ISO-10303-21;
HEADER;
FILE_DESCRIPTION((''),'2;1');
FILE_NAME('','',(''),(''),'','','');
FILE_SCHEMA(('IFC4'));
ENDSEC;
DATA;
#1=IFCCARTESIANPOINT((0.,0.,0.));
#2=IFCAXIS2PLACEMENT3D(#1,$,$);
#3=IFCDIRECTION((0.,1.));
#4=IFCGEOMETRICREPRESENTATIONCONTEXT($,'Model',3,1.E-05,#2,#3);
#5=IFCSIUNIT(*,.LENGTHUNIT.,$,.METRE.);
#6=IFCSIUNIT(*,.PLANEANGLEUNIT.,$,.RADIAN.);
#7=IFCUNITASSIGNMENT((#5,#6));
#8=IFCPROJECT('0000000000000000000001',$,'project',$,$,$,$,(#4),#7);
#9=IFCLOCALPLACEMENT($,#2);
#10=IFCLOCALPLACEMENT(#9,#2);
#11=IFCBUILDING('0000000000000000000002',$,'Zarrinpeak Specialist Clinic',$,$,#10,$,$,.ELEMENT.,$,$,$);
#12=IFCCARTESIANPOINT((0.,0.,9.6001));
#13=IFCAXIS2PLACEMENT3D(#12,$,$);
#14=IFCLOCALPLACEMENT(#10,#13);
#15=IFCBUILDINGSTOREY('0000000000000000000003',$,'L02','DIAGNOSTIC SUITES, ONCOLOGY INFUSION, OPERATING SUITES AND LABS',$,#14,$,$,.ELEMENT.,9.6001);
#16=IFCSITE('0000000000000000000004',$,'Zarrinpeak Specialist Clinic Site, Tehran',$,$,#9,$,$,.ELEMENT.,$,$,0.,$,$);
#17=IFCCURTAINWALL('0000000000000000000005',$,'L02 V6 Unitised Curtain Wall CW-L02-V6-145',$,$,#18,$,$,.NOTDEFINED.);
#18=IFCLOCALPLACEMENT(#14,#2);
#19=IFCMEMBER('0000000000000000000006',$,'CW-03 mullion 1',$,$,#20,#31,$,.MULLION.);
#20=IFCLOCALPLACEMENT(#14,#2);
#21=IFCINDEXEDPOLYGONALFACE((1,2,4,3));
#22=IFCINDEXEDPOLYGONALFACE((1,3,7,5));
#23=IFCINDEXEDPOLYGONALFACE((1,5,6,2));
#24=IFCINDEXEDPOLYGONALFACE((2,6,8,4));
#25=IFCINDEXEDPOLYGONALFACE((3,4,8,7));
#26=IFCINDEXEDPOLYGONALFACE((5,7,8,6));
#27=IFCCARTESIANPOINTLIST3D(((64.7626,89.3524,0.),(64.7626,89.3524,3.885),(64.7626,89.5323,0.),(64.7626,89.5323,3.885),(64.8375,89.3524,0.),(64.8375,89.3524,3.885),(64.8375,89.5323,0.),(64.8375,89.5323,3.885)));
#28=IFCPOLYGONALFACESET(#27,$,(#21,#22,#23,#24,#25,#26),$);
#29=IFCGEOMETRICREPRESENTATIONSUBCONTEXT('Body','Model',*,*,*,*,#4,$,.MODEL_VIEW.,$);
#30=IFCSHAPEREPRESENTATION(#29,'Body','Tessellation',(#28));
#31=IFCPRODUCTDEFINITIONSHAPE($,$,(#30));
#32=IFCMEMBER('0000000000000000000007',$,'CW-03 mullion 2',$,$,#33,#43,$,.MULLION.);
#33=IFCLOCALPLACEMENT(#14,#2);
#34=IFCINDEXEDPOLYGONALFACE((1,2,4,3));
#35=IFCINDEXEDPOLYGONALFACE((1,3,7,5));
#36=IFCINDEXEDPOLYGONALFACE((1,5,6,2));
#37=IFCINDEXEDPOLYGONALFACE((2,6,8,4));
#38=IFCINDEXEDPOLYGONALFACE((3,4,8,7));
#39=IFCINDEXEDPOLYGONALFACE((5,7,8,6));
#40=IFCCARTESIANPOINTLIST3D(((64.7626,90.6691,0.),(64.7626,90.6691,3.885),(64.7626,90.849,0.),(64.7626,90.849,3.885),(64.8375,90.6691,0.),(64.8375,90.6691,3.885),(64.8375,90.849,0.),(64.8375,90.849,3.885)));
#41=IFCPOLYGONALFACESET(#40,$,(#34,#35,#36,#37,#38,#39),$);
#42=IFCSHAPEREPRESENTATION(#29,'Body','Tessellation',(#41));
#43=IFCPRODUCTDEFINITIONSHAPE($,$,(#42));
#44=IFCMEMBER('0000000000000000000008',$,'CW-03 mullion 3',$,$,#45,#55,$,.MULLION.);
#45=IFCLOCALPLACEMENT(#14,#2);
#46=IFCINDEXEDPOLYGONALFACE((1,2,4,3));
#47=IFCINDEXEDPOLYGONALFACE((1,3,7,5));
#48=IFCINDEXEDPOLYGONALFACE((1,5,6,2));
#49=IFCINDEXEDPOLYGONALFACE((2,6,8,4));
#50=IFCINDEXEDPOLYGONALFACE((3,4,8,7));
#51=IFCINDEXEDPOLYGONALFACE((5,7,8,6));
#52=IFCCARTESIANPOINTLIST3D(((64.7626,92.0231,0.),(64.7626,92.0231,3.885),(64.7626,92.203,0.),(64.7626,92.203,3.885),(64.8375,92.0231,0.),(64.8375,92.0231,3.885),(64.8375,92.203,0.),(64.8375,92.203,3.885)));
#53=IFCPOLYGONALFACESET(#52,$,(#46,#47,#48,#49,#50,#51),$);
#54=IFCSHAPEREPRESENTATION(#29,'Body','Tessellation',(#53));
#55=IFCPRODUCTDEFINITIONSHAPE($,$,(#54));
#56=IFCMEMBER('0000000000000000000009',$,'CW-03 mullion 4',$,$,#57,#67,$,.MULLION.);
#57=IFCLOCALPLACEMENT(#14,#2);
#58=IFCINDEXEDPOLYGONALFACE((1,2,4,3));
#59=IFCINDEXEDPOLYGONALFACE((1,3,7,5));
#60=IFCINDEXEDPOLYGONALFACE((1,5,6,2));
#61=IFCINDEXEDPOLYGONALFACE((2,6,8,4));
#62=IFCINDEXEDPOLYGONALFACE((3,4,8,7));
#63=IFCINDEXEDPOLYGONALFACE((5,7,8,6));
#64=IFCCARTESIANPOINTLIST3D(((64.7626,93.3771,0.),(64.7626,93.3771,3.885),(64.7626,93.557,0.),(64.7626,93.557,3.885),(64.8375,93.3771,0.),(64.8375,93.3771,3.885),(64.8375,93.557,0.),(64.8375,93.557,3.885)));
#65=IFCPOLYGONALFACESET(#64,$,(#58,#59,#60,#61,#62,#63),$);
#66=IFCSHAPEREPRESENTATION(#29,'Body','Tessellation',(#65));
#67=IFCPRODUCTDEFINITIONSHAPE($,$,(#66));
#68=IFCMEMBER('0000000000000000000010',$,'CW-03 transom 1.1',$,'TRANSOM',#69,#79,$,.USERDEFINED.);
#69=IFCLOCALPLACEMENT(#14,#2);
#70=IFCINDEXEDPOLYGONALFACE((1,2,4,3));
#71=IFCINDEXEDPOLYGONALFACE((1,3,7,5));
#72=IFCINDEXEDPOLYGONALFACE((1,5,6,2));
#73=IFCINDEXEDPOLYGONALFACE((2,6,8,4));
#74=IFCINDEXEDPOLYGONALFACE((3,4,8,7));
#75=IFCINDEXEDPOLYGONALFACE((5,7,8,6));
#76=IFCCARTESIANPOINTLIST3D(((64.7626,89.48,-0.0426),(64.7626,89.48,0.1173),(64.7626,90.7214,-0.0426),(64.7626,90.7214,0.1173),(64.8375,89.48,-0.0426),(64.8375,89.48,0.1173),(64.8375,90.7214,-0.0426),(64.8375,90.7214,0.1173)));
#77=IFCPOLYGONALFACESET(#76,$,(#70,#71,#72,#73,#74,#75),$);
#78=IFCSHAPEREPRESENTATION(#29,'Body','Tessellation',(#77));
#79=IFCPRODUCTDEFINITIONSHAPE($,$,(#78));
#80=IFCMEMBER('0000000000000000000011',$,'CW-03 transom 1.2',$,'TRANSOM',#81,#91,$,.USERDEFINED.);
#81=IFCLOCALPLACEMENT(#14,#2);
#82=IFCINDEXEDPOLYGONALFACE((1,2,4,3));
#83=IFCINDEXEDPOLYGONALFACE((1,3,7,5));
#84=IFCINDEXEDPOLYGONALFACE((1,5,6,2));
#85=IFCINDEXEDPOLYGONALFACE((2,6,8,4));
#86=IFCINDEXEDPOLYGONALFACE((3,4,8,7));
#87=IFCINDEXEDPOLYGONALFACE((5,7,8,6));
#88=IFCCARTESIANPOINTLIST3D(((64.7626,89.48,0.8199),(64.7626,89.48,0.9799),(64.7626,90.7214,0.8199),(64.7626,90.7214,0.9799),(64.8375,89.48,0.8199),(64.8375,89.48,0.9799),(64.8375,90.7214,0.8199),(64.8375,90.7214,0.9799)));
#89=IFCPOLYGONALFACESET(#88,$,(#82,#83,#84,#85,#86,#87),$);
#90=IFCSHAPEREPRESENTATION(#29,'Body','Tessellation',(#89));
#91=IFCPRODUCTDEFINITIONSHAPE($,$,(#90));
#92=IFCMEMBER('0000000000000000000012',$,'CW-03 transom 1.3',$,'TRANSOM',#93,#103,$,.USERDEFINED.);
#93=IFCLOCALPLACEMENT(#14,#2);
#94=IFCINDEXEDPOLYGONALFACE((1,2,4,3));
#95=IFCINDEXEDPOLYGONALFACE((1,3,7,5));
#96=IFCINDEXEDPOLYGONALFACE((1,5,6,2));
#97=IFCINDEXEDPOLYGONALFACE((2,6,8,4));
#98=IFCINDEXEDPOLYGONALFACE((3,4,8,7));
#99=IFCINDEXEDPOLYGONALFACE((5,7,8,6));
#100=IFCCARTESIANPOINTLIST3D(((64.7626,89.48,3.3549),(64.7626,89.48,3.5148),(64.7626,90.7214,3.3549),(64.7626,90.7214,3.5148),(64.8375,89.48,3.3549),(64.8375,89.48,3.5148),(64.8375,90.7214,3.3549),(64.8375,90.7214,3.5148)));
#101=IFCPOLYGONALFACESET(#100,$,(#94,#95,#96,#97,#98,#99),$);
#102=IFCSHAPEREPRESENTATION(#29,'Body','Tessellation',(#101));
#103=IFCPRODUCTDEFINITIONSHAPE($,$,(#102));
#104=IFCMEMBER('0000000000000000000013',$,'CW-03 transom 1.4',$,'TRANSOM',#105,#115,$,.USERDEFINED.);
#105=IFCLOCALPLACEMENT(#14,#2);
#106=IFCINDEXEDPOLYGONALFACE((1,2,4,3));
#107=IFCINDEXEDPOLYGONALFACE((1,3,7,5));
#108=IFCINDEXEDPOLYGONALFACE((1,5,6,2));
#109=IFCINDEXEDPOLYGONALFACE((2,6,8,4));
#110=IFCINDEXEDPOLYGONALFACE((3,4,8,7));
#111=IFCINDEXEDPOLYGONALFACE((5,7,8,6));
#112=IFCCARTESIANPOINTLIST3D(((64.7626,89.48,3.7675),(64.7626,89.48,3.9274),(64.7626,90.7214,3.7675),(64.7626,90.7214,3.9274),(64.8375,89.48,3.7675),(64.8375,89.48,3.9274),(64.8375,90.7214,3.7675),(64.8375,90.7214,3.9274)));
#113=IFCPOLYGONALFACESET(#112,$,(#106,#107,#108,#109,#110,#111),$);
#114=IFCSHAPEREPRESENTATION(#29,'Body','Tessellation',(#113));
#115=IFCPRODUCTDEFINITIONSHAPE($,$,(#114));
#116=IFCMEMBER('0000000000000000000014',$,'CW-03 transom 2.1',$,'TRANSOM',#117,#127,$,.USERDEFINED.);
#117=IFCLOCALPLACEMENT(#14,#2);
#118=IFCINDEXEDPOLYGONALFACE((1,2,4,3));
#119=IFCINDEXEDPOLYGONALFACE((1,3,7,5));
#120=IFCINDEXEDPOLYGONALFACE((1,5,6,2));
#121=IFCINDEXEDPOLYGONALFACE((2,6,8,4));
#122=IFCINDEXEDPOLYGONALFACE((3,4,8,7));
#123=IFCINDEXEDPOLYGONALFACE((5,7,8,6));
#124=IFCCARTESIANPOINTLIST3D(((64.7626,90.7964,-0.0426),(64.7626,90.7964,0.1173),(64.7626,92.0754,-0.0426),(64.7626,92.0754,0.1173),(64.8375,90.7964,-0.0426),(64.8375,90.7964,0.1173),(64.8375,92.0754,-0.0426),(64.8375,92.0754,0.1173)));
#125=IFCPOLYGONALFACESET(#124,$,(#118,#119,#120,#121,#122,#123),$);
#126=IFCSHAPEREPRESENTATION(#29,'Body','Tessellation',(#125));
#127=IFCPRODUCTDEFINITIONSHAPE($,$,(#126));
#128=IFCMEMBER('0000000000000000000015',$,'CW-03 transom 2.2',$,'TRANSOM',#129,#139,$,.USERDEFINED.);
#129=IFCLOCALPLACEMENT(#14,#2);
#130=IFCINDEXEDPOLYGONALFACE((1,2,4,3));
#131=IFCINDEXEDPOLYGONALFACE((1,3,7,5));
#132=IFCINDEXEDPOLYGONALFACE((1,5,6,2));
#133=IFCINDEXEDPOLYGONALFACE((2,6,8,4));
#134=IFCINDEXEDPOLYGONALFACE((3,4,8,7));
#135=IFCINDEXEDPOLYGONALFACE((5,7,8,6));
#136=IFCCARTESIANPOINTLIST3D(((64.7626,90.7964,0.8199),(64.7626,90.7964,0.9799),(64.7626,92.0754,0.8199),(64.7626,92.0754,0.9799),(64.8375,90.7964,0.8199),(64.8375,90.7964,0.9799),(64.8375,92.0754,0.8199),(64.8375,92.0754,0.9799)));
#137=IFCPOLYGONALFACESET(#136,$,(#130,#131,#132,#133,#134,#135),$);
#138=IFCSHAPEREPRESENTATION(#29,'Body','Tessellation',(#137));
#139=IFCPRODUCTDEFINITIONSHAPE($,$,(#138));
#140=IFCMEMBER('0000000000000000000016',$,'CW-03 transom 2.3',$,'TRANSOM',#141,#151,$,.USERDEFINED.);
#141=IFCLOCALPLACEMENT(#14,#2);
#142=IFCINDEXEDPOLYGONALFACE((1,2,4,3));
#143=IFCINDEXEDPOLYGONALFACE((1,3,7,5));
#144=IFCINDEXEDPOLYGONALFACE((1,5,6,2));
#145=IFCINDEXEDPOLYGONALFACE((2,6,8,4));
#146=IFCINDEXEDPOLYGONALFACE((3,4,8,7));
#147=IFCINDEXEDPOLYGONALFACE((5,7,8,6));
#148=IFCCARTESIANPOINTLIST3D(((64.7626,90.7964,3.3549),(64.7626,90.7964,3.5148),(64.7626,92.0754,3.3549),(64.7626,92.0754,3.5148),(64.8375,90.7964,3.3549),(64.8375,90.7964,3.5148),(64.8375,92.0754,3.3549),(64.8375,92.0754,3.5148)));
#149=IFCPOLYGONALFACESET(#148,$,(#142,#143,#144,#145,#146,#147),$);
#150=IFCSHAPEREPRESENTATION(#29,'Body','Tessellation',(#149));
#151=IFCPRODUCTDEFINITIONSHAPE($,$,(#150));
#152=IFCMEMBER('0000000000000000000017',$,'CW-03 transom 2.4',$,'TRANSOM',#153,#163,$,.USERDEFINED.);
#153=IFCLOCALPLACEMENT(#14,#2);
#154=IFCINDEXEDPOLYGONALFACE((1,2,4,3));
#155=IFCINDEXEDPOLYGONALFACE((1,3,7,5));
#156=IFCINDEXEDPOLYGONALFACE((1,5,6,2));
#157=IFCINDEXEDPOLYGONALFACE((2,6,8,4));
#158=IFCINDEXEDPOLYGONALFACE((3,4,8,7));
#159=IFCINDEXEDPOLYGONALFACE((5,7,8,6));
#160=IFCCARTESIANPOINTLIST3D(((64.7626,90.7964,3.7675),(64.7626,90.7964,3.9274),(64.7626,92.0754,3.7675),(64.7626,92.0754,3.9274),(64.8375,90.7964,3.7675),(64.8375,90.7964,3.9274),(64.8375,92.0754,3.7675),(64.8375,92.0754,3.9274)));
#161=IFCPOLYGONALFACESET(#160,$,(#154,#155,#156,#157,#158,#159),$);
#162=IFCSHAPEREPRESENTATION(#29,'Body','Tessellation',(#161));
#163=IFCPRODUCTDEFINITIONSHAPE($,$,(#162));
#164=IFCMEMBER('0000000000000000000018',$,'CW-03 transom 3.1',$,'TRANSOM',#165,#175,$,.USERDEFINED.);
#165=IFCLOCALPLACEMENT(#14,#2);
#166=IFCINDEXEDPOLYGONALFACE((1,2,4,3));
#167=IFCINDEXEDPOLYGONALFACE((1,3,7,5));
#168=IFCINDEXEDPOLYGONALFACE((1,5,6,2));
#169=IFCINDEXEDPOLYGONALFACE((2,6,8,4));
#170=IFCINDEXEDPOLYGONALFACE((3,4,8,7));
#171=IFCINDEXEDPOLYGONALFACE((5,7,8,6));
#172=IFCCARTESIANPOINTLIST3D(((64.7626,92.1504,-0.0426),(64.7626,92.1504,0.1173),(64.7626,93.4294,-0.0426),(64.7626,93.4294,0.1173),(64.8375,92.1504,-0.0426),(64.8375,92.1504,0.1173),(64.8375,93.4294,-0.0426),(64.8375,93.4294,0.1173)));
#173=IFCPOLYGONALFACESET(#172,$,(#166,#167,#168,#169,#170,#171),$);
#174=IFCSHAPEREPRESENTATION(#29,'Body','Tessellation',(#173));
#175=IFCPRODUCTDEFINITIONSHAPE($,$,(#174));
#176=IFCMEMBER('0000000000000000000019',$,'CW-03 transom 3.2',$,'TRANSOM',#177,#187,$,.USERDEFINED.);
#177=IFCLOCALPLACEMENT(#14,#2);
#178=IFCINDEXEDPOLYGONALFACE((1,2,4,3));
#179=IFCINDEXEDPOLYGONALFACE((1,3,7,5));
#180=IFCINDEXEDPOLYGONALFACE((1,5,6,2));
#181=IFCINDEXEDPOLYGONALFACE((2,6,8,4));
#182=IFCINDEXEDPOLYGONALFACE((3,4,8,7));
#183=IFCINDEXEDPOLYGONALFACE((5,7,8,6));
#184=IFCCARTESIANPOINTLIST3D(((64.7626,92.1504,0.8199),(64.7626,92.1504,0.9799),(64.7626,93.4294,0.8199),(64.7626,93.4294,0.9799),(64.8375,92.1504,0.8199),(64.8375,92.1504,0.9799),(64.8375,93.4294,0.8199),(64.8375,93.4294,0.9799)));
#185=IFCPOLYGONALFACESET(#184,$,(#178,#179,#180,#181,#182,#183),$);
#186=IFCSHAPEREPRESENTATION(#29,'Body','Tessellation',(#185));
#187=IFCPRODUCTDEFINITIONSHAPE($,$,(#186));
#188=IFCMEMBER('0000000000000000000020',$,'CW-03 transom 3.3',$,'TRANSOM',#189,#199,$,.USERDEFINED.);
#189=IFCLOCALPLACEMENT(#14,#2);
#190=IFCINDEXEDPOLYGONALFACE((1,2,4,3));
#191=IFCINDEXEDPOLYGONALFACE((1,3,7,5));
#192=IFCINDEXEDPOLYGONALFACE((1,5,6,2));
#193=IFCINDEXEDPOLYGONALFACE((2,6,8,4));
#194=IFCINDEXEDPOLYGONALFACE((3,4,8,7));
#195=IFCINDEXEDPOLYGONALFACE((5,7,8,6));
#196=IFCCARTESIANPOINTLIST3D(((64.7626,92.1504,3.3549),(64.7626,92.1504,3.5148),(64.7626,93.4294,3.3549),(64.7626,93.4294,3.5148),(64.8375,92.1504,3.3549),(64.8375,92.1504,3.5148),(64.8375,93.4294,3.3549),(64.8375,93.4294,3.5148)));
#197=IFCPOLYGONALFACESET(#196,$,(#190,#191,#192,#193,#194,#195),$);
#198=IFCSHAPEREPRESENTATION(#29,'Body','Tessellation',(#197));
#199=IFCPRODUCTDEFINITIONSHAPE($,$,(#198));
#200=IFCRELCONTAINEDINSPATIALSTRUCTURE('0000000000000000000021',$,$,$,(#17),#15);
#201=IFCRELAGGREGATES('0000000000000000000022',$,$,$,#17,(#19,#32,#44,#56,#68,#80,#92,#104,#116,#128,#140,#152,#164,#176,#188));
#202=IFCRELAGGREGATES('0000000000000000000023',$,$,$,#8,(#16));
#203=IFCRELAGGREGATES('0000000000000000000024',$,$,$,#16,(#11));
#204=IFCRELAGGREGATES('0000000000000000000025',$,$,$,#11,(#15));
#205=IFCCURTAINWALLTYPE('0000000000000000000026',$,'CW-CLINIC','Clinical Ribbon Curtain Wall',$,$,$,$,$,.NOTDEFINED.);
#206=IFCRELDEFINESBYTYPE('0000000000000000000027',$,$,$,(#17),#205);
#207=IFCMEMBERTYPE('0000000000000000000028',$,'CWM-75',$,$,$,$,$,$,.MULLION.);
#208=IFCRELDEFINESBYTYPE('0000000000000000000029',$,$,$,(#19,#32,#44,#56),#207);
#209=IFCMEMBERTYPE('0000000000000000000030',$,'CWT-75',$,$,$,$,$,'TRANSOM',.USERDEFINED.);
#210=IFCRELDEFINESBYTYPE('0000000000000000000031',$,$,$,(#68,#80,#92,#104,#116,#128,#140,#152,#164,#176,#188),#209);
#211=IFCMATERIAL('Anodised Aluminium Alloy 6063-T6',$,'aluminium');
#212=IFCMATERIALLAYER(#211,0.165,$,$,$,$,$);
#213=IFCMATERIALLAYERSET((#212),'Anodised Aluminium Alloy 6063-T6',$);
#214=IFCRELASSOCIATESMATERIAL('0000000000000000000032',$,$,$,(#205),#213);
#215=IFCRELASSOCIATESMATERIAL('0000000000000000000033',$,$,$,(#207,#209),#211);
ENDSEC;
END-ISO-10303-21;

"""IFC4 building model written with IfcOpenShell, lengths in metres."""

from ifc_helpers import new_model, si_unit, direction, frame, origin, origin_2d, place, context, subcontext, project, spatial, rectangle, extrude, material, layer, layer_set, material_profile, profile_set, type_object, element, aggregate, save


model = new_model("IFC4")

# Units and contexts
model_context = context("Model", 3, precision=1e-05, world=origin(), true_north=direction((0.0, 1.0)))
body_context = subcontext(model_context, "Body", "Model", "MODEL_VIEW")
ifc_project = project(units=[si_unit("LENGTHUNIT", "METRE"), si_unit("PLANEANGLEUNIT", "RADIAN")], contexts=[model_context])

# Site, building, storey
site_placement = place(None, origin())
site = spatial("IfcSite", under=ifc_project, at=site_placement, Name="Zarrinpeak Specialist Clinic Site, Tehran", CompositionType="ELEMENT", RefElevation=0.0)
building_placement = place(site_placement, origin())
building = spatial("IfcBuilding", under=site, at=building_placement, Name="Zarrinpeak Specialist Clinic", CompositionType="ELEMENT")
storey_placement = place(building_placement, frame((0.0, 0.0, 9.6001)))
storey = spatial("IfcBuildingStorey", under=building, at=storey_placement, Name="L02", Description="DIAGNOSTIC SUITES, ONCOLOGY INFUSION, OPERATING SUITES AND LABS", CompositionType="ELEMENT", Elevation=9.6001)

# Curtain wall, members
ifc_material_1 = material(Name="Anodised Aluminium Alloy 6063-T6", Category="aluminium")
ifc_layer_1 = layer(ifc_material_1, 0.165)
ifc_layer_set_1 = layer_set([ifc_layer_1], Name="Anodised Aluminium Alloy 6063-T6")
curtain_wall_type = type_object("IfcCurtainWallType", Name="CW-CLINIC", Description="Clinical Ribbon Curtain Wall", PredefinedType="NOTDEFINED", material=ifc_layer_set_1)
curtain_wall_placement = place(storey_placement, origin())
curtain_wall = element("IfcCurtainWall", 1, at=curtain_wall_placement, inside=storey, type_object=curtain_wall_type, Name="L02 V6 Unitised Curtain Wall CW-L02-V6-145", PredefinedType="NOTDEFINED")
ifc_material_profile_1 = material_profile(ifc_material_1, rectangle(XDim=0.075, YDim=0.1799, at=origin_2d()), Name="ALU 75x180")
ifc_profile_set_1 = profile_set([ifc_material_profile_1], Name="Anodised Aluminium Alloy 6063-T6")
member_type_1 = type_object("IfcMemberType", Name="CWM-75", PredefinedType="MULLION", material=ifc_profile_set_1)
member_1_placement = place(storey_placement, frame((64.8, 89.4424, 0.0), z_axis=(0.0, 0.0, 1.0), x_axis=(-1.0, 0.0, 0.0)))
member_1 = element("IfcMember", 2, at=member_1_placement, type_object=member_type_1, Name="CW-03 mullion 1", PredefinedType="MULLION", context=body_context, shape_type="SweptSolid", body=[
    extrude(rectangle(XDim=0.075, YDim=0.1799, at=origin_2d()), origin(), (0.0, 0.0, 1.0), 3.885),
])
member_2_placement = place(storey_placement, frame((64.8, 90.759, 0.0), z_axis=(0.0, 0.0, 1.0), x_axis=(-1.0, 0.0, 0.0)))
member_2 = element("IfcMember", 3, at=member_2_placement, type_object=member_type_1, Name="CW-03 mullion 2", PredefinedType="MULLION", context=body_context, shape_type="SweptSolid", body=[
    extrude(rectangle(XDim=0.075, YDim=0.1799, at=origin_2d()), origin(), (0.0, 0.0, 1.0), 3.885),
])
member_3_placement = place(storey_placement, frame((64.8, 92.113, 0.0), z_axis=(0.0, 0.0, 1.0), x_axis=(-1.0, 0.0, 0.0)))
member_3 = element("IfcMember", 4, at=member_3_placement, type_object=member_type_1, Name="CW-03 mullion 3", PredefinedType="MULLION", context=body_context, shape_type="SweptSolid", body=[
    extrude(rectangle(XDim=0.075, YDim=0.1799, at=origin_2d()), origin(), (0.0, 0.0, 1.0), 3.885),
])
member_4_placement = place(storey_placement, frame((64.8, 93.467, 0.0), z_axis=(0.0, 0.0, 1.0), x_axis=(-1.0, 0.0, 0.0)))
member_4 = element("IfcMember", 5, at=member_4_placement, type_object=member_type_1, Name="CW-03 mullion 4", PredefinedType="MULLION", context=body_context, shape_type="SweptSolid", body=[
    extrude(rectangle(XDim=0.075, YDim=0.1799, at=origin_2d()), origin(), (0.0, 0.0, 1.0), 3.885),
])
ifc_material_profile_2 = material_profile(ifc_material_1, rectangle(XDim=0.075, YDim=0.1599, at=origin_2d()), Name="ALU 75x160")
ifc_profile_set_2 = profile_set([ifc_material_profile_2], Name="Anodised Aluminium Alloy 6063-T6")
member_type_2 = type_object("IfcMemberType", Name="CWT-75", ElementType="TRANSOM", PredefinedType="USERDEFINED", material=ifc_profile_set_2)
member_5_placement = place(storey_placement, frame((64.8, 89.48, 0.0374), z_axis=(0.0, 1.0, 0.0), x_axis=(-1.0, 0.0, 0.0)))
member_5 = element("IfcMember", 6, at=member_5_placement, type_object=member_type_2, Name="CW-03 transom 1.1", ObjectType="TRANSOM", PredefinedType="USERDEFINED", context=body_context, shape_type="SweptSolid", body=[
    extrude(rectangle(XDim=0.075, YDim=0.1599, at=origin_2d()), origin(), (0.0, 0.0, 1.0), 1.2415),
])
member_6_placement = place(storey_placement, frame((64.8, 89.48, 0.8999), z_axis=(0.0, 1.0, 0.0), x_axis=(-1.0, 0.0, 0.0)))
member_6 = element("IfcMember", 7, at=member_6_placement, type_object=member_type_2, Name="CW-03 transom 1.2", ObjectType="TRANSOM", PredefinedType="USERDEFINED", context=body_context, shape_type="SweptSolid", body=[
    extrude(rectangle(XDim=0.075, YDim=0.1599, at=origin_2d()), origin(), (0.0, 0.0, 1.0), 1.2415),
])
member_7_placement = place(storey_placement, frame((64.8, 89.48, 3.4348), z_axis=(0.0, 1.0, 0.0), x_axis=(-1.0, 0.0, 0.0)))
member_7 = element("IfcMember", 8, at=member_7_placement, type_object=member_type_2, Name="CW-03 transom 1.3", ObjectType="TRANSOM", PredefinedType="USERDEFINED", context=body_context, shape_type="SweptSolid", body=[
    extrude(rectangle(XDim=0.075, YDim=0.1599, at=origin_2d()), origin(), (0.0, 0.0, 1.0), 1.2415),
])
member_8_placement = place(storey_placement, frame((64.8, 89.48, 3.8474), z_axis=(0.0, 1.0, 0.0), x_axis=(-1.0, 0.0, 0.0)))
member_8 = element("IfcMember", 9, at=member_8_placement, type_object=member_type_2, Name="CW-03 transom 1.4", ObjectType="TRANSOM", PredefinedType="USERDEFINED", context=body_context, shape_type="SweptSolid", body=[
    extrude(rectangle(XDim=0.075, YDim=0.1599, at=origin_2d()), origin(), (0.0, 0.0, 1.0), 1.2415),
])
member_9_placement = place(storey_placement, frame((64.8, 90.7964, 0.0374), z_axis=(0.0, 1.0, 0.0), x_axis=(-1.0, 0.0, 0.0)))
member_9 = element("IfcMember", 10, at=member_9_placement, type_object=member_type_2, Name="CW-03 transom 2.1", ObjectType="TRANSOM", PredefinedType="USERDEFINED", context=body_context, shape_type="SweptSolid", body=[
    extrude(rectangle(XDim=0.075, YDim=0.1599, at=origin_2d()), origin(), (0.0, 0.0, 1.0), 1.2791),
])
member_10_placement = place(storey_placement, frame((64.8, 90.7964, 0.8999), z_axis=(0.0, 1.0, 0.0), x_axis=(-1.0, 0.0, 0.0)))
member_10 = element("IfcMember", 11, at=member_10_placement, type_object=member_type_2, Name="CW-03 transom 2.2", ObjectType="TRANSOM", PredefinedType="USERDEFINED", context=body_context, shape_type="SweptSolid", body=[
    extrude(rectangle(XDim=0.075, YDim=0.1599, at=origin_2d()), origin(), (0.0, 0.0, 1.0), 1.2791),
])
member_11_placement = place(storey_placement, frame((64.8, 90.7964, 3.4348), z_axis=(0.0, 1.0, 0.0), x_axis=(-1.0, 0.0, 0.0)))
member_11 = element("IfcMember", 12, at=member_11_placement, type_object=member_type_2, Name="CW-03 transom 2.3", ObjectType="TRANSOM", PredefinedType="USERDEFINED", context=body_context, shape_type="SweptSolid", body=[
    extrude(rectangle(XDim=0.075, YDim=0.1599, at=origin_2d()), origin(), (0.0, 0.0, 1.0), 1.2791),
])
member_12_placement = place(storey_placement, frame((64.8, 90.7964, 3.8474), z_axis=(0.0, 1.0, 0.0), x_axis=(-1.0, 0.0, 0.0)))
member_12 = element("IfcMember", 13, at=member_12_placement, type_object=member_type_2, Name="CW-03 transom 2.4", ObjectType="TRANSOM", PredefinedType="USERDEFINED", context=body_context, shape_type="SweptSolid", body=[
    extrude(rectangle(XDim=0.075, YDim=0.1599, at=origin_2d()), origin(), (0.0, 0.0, 1.0), 1.2791),
])
member_13_placement = place(storey_placement, frame((64.8, 92.1504, 0.0374), z_axis=(0.0, 1.0, 0.0), x_axis=(-1.0, 0.0, 0.0)))
member_13 = element("IfcMember", 14, at=member_13_placement, type_object=member_type_2, Name="CW-03 transom 3.1", ObjectType="TRANSOM", PredefinedType="USERDEFINED", context=body_context, shape_type="SweptSolid", body=[
    extrude(rectangle(XDim=0.075, YDim=0.1599, at=origin_2d()), origin(), (0.0, 0.0, 1.0), 1.2791),
])
member_14_placement = place(storey_placement, frame((64.8, 92.1504, 0.8999), z_axis=(0.0, 1.0, 0.0), x_axis=(-1.0, 0.0, 0.0)))
member_14 = element("IfcMember", 15, at=member_14_placement, type_object=member_type_2, Name="CW-03 transom 3.2", ObjectType="TRANSOM", PredefinedType="USERDEFINED", context=body_context, shape_type="SweptSolid", body=[
    extrude(rectangle(XDim=0.075, YDim=0.1599, at=origin_2d()), origin(), (0.0, 0.0, 1.0), 1.2791),
])
member_15_placement = place(storey_placement, frame((64.8, 92.1504, 3.4348), z_axis=(0.0, 1.0, 0.0), x_axis=(-1.0, 0.0, 0.0)))
member_15 = element("IfcMember", 16, at=member_15_placement, type_object=member_type_2, Name="CW-03 transom 3.3", ObjectType="TRANSOM", PredefinedType="USERDEFINED", context=body_context, shape_type="SweptSolid", body=[
    extrude(rectangle(XDim=0.075, YDim=0.1599, at=origin_2d()), origin(), (0.0, 0.0, 1.0), 1.2791),
])
aggregate(curtain_wall, [member_1, member_2, member_3, member_4, member_5, member_6, member_7, member_8, member_9, member_10, member_11, member_12, member_13, member_14, member_15])

save(model, "model.ifc")
